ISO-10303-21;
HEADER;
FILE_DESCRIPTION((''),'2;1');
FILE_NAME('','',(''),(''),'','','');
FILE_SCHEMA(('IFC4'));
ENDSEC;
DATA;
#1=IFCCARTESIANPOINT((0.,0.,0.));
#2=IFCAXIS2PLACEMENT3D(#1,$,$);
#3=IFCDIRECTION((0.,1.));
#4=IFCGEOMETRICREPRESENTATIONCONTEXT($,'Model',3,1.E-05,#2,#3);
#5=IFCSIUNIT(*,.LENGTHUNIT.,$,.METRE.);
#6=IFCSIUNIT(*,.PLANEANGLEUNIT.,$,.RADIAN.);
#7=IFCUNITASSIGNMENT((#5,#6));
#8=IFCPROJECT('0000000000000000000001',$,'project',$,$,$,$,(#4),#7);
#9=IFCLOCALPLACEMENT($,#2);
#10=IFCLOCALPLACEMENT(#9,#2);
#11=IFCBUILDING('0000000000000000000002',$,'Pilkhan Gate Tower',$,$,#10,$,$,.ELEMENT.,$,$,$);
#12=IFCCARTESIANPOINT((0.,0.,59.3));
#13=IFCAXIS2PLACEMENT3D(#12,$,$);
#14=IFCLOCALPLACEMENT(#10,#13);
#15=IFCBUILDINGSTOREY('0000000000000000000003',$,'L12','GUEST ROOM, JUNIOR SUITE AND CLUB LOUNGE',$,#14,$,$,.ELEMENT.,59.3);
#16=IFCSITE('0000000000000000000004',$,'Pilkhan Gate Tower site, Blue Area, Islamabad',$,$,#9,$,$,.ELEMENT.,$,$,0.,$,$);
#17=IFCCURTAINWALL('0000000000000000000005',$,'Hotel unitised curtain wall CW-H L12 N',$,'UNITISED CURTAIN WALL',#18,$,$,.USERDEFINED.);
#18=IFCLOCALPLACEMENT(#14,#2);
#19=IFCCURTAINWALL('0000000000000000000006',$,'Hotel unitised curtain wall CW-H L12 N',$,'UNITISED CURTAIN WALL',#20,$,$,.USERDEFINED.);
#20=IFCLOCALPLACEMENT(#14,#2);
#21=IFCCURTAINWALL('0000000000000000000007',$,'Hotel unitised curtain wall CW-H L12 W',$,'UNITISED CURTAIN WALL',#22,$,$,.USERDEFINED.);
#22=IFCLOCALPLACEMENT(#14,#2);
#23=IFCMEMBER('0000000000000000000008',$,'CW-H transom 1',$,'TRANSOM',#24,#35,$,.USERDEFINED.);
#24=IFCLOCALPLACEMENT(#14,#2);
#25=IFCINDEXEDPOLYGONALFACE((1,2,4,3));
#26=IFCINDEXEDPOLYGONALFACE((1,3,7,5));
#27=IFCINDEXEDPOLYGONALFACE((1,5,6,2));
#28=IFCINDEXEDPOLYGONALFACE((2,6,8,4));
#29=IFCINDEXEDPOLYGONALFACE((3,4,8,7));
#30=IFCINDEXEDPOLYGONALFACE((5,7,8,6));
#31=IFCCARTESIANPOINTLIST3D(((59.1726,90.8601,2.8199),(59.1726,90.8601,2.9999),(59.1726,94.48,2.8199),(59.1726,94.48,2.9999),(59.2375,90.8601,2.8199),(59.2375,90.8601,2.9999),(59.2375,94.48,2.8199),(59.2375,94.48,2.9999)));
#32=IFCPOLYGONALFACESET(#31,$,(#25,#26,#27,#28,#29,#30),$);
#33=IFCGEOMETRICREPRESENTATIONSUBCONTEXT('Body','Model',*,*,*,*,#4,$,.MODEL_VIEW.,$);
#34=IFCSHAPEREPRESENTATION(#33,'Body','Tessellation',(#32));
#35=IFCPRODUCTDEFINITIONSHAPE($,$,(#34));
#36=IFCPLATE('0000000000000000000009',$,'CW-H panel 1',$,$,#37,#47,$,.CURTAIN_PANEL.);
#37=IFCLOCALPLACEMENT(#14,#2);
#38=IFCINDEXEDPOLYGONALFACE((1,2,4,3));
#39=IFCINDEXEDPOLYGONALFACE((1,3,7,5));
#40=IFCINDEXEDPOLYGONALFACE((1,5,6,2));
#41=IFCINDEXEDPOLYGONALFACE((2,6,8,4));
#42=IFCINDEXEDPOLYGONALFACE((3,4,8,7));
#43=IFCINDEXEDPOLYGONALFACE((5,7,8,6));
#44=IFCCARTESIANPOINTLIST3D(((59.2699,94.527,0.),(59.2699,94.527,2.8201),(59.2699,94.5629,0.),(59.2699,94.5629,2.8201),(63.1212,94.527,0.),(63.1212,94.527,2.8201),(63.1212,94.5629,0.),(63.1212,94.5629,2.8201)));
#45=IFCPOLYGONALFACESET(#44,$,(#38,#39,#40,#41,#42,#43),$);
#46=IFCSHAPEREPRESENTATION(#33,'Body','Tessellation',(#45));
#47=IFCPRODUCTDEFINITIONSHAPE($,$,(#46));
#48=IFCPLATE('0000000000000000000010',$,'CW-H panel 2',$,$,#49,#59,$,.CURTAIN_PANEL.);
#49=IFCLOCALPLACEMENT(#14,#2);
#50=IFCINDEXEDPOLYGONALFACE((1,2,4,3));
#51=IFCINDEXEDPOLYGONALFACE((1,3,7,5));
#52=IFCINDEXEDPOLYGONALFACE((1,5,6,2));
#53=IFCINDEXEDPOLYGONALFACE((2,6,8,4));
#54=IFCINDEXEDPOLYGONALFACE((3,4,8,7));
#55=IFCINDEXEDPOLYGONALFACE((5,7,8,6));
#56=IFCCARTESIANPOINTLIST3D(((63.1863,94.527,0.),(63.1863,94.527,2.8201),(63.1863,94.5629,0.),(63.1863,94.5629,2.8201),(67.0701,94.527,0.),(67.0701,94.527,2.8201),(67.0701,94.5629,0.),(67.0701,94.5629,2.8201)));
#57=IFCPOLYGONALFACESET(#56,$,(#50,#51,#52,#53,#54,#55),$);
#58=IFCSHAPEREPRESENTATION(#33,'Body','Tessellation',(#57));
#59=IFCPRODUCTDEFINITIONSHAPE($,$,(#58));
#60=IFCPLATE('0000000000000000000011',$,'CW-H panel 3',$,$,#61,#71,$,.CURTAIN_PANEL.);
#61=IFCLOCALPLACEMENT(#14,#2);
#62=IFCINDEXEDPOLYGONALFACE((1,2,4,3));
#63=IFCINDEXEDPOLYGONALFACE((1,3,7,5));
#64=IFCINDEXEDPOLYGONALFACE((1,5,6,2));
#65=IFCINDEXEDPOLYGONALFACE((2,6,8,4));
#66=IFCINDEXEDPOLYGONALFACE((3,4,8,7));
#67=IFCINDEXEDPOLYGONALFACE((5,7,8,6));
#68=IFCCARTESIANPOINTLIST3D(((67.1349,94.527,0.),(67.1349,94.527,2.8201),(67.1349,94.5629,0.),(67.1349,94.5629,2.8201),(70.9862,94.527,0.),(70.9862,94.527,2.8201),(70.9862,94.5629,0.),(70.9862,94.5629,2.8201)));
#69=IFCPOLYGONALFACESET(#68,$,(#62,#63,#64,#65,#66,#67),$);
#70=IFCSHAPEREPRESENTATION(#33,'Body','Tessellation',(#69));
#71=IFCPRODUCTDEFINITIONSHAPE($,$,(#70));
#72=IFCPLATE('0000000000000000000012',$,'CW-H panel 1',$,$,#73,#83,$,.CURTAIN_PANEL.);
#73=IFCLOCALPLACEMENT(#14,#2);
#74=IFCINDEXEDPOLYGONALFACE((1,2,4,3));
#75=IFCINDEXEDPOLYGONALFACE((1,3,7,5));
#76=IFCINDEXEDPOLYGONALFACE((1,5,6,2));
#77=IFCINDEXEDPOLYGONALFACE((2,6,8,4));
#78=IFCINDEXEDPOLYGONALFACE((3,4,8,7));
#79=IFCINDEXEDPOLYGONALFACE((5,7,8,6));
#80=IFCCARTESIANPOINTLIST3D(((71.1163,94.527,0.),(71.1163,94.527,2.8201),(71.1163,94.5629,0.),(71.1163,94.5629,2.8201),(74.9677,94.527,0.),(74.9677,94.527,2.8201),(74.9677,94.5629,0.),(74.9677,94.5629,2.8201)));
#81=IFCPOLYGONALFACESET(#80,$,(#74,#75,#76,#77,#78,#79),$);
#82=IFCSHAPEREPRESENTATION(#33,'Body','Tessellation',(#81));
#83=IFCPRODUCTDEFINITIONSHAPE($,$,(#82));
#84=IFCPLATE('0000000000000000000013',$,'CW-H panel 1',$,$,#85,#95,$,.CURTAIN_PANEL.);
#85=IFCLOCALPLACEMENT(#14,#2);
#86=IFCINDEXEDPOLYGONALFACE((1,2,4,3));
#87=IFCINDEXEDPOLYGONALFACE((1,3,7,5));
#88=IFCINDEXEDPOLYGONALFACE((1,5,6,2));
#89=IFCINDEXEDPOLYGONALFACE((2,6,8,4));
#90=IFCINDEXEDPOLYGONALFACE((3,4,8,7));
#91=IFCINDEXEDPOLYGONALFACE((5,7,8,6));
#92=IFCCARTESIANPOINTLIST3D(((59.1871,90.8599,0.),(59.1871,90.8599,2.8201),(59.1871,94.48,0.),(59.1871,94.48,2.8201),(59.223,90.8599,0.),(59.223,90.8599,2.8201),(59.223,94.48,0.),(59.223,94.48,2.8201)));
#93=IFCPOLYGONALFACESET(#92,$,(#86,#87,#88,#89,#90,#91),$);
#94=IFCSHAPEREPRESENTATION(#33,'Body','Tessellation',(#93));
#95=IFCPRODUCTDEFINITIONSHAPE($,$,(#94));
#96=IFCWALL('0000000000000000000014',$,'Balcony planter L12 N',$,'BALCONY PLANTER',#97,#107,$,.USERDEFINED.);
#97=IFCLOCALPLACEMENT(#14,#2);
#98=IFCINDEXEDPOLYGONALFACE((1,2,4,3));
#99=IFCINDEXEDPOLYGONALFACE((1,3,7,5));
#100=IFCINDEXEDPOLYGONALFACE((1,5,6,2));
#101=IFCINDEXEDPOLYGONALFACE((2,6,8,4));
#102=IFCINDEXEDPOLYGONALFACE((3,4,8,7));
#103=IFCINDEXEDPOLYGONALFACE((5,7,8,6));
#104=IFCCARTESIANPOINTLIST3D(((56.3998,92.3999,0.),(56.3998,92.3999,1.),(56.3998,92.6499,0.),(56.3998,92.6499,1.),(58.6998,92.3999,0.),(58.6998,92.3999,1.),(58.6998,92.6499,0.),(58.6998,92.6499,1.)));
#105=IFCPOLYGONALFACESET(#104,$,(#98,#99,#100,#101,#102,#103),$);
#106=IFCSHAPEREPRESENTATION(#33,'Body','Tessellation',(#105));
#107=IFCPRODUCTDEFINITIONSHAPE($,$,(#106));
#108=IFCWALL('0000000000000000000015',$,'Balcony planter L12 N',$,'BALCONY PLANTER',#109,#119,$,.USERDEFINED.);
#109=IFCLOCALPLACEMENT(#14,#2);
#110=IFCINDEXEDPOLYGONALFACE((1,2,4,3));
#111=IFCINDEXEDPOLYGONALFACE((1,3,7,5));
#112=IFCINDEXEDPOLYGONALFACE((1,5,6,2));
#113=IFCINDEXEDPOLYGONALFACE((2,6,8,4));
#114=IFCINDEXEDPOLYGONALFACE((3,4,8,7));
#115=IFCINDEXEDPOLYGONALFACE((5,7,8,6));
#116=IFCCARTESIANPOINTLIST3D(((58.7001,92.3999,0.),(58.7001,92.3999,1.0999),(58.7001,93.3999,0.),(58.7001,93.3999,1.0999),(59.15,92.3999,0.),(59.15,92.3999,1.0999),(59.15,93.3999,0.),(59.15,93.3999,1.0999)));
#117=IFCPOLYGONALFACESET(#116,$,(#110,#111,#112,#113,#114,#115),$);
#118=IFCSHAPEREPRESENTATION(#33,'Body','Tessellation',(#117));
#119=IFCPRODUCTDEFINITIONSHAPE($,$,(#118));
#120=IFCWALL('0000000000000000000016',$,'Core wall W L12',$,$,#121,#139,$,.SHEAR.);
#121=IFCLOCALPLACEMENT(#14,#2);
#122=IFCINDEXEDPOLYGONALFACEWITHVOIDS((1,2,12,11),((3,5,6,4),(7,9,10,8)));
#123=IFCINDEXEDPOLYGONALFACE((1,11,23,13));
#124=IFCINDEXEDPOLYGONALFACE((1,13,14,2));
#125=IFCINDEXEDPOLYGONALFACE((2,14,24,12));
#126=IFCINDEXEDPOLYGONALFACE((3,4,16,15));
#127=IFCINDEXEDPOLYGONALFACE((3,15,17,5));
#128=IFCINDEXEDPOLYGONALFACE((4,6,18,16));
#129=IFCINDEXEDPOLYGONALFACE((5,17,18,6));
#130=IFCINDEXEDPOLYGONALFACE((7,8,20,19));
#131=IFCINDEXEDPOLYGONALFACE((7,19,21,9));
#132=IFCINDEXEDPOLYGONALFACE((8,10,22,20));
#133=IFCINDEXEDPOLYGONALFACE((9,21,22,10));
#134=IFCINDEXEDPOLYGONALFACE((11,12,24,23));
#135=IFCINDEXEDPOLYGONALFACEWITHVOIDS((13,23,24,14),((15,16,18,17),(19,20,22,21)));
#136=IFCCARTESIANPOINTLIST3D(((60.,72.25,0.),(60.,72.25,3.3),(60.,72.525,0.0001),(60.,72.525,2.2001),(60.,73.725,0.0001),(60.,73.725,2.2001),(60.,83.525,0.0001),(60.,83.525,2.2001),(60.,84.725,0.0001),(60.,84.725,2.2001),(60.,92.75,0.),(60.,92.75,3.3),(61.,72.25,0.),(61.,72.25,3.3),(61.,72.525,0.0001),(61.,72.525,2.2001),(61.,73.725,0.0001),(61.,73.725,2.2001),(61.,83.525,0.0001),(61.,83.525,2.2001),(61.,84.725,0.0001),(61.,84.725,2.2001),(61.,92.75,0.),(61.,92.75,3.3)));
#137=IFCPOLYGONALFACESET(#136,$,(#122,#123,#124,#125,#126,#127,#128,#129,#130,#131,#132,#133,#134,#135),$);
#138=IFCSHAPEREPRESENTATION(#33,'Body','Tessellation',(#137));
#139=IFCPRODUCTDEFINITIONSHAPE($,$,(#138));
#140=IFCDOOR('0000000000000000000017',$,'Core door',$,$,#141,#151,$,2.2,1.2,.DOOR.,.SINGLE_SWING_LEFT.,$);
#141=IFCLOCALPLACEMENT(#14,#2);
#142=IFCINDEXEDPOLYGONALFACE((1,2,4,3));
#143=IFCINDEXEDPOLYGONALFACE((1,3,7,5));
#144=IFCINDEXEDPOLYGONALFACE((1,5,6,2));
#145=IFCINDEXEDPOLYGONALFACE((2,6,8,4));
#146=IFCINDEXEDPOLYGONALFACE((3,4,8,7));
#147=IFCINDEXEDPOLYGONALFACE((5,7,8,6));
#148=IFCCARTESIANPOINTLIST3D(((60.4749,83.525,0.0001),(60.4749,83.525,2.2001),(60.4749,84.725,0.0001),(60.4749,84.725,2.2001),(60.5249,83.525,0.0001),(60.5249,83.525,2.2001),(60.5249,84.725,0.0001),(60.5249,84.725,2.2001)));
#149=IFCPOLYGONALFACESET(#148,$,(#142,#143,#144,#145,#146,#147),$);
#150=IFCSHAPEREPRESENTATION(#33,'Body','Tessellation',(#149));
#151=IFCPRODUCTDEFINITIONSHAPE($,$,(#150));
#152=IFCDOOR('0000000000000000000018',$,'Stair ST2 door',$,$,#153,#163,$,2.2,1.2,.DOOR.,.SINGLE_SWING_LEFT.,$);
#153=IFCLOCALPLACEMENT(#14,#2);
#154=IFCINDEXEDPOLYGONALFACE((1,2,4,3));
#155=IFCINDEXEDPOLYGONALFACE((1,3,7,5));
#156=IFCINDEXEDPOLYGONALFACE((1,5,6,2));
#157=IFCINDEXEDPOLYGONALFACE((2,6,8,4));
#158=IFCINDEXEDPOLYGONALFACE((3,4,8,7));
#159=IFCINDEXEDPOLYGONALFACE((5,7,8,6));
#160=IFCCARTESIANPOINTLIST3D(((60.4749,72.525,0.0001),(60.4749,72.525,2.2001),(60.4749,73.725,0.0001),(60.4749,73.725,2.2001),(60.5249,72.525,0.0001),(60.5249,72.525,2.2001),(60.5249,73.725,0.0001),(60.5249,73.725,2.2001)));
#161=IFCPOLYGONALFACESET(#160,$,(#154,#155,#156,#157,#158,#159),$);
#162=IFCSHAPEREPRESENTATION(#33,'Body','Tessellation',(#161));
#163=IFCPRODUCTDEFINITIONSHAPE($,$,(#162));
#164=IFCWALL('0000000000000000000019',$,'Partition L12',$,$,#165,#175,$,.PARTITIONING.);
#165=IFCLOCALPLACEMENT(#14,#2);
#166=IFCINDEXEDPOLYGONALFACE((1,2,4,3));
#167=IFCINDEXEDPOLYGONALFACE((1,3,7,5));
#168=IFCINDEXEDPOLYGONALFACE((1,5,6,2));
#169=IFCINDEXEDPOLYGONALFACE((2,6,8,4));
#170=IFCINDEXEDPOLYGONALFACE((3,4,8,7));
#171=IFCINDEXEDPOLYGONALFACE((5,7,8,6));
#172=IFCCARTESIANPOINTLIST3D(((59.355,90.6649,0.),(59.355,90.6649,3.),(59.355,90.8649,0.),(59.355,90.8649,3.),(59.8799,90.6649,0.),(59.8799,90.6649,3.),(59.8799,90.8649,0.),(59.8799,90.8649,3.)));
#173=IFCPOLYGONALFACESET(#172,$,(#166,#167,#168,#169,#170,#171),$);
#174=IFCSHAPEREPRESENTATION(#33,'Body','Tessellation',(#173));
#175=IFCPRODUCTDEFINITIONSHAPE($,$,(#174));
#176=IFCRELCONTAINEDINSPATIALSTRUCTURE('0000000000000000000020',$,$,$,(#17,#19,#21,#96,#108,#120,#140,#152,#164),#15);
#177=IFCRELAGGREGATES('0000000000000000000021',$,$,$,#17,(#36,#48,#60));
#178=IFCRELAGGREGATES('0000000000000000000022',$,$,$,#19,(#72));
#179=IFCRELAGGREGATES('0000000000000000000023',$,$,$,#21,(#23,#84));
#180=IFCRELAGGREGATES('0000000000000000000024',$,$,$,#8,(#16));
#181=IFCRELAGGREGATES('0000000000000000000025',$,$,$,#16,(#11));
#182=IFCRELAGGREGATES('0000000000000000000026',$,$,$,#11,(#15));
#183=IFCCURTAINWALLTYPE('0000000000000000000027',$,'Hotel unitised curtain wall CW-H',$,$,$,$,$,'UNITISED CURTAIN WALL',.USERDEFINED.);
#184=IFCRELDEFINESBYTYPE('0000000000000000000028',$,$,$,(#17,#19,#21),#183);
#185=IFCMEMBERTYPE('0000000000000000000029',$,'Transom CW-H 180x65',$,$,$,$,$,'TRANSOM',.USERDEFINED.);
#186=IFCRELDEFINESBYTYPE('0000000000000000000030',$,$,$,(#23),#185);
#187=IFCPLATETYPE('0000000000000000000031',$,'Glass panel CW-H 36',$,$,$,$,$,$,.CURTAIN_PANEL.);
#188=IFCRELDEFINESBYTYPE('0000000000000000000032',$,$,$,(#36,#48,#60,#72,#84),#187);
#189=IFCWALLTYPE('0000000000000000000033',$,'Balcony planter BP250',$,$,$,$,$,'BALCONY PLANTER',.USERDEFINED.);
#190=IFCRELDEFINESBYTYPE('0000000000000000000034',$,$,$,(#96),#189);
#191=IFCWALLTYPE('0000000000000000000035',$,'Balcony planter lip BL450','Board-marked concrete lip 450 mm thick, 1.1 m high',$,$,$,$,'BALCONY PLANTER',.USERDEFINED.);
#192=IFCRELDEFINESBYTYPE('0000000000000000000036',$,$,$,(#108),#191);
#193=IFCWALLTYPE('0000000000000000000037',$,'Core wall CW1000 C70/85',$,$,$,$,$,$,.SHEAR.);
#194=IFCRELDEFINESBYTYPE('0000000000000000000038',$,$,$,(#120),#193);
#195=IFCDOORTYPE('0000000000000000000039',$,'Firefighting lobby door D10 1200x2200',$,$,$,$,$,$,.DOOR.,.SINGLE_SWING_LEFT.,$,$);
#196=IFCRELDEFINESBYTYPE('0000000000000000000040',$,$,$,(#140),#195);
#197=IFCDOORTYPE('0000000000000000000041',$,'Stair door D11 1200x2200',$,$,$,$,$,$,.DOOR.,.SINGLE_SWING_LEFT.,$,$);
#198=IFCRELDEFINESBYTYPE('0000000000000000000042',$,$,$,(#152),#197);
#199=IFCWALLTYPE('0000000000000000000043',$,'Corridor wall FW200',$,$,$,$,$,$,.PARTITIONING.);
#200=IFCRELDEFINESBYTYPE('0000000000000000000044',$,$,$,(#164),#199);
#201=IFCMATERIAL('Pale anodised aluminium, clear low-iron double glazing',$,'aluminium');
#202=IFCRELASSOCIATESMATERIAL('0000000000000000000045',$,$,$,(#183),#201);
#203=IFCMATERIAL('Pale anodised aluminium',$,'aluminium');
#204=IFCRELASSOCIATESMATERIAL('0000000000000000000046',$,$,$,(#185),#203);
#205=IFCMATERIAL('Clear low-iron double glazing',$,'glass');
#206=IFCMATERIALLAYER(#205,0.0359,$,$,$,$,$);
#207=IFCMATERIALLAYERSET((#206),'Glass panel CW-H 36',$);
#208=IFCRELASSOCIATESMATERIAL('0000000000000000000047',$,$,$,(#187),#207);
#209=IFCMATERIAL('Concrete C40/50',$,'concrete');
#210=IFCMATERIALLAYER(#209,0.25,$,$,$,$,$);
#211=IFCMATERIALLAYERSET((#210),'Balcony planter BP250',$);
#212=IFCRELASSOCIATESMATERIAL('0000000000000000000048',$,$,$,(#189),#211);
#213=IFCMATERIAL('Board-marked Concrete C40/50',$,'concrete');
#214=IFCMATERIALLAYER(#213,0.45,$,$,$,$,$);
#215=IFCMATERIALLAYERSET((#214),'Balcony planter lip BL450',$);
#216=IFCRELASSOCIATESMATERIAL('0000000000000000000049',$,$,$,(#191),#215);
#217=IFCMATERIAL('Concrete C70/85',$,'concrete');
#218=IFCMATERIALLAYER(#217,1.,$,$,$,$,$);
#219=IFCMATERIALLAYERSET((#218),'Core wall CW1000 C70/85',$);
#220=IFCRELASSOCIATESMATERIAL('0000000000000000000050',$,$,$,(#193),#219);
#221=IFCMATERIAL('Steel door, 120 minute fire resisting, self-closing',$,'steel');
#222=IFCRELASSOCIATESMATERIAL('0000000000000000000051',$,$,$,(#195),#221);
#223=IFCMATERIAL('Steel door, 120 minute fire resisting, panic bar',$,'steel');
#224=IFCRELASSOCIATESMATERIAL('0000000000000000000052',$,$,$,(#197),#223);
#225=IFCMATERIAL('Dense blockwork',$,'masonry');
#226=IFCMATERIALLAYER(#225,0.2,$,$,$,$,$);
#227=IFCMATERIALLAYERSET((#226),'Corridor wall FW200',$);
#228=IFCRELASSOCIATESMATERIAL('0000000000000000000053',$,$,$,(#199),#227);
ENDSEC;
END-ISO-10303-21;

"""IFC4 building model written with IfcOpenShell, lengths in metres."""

from ifc_helpers import new_model, si_unit, direction, frame, frame_2d, origin, origin_2d, place, context, subcontext, project, spatial, rectangle, extrude, material, layer, layer_set, material_profile, profile_set, type_object, element, fill, aggregate, save


model = new_model("IFC4")

# Units and contexts
model_context = context("Model", 3, precision=1e-05, world=origin(), true_north=direction((0.0, 1.0)))
body_context = subcontext(model_context, "Body", "Model", "MODEL_VIEW")
ifc_project = project(units=[si_unit("LENGTHUNIT", "METRE"), si_unit("PLANEANGLEUNIT", "RADIAN")], contexts=[model_context])

# Site, building, storey
site_placement = place(None, origin())
site = spatial("IfcSite", under=ifc_project, at=site_placement, Name="Pilkhan Gate Tower site, Blue Area, Islamabad", CompositionType="ELEMENT", RefElevation=0.0)
building_placement = place(site_placement, origin())
building = spatial("IfcBuilding", under=site, at=building_placement, Name="Pilkhan Gate Tower", CompositionType="ELEMENT")
storey_placement = place(building_placement, frame((0.0, 0.0, 59.3)))
storey = spatial("IfcBuildingStorey", under=building, at=storey_placement, Name="L12", Description="GUEST ROOM, JUNIOR SUITE AND CLUB LOUNGE", CompositionType="ELEMENT", Elevation=59.3)

# Curtain wall
ifc_material_1 = material(Name="Pale anodised aluminium, clear low-iron double glazing", Category="aluminium")
curtain_wall_type = type_object("IfcCurtainWallType", Name="Hotel unitised curtain wall CW-H", ElementType="UNITISED CURTAIN WALL", PredefinedType="USERDEFINED", material=ifc_material_1)
curtain_wall_1_placement = place(storey_placement, origin())
curtain_wall_1 = element("IfcCurtainWall", 1, at=curtain_wall_1_placement, inside=storey, type_object=curtain_wall_type, Name="Hotel unitised curtain wall CW-H L12 N", ObjectType="UNITISED CURTAIN WALL", PredefinedType="USERDEFINED")
ifc_material_2 = material(Name="Pale anodised aluminium", Category="aluminium")

# Curtain wall
curtain_wall_2_placement = place(storey_placement, origin())
curtain_wall_2 = element("IfcCurtainWall", 2, at=curtain_wall_2_placement, inside=storey, type_object=curtain_wall_type, Name="Hotel unitised curtain wall CW-H L12 N", ObjectType="UNITISED CURTAIN WALL", PredefinedType="USERDEFINED")

# Curtain wall
curtain_wall_3_placement = place(storey_placement, origin())
curtain_wall_3 = element("IfcCurtainWall", 3, at=curtain_wall_3_placement, inside=storey, type_object=curtain_wall_type, Name="Hotel unitised curtain wall CW-H L12 W", ObjectType="UNITISED CURTAIN WALL", PredefinedType="USERDEFINED")

# Member
ifc_material_profile_1 = material_profile(ifc_material_2, rectangle(XDim=0.0649, YDim=0.1799, at=origin_2d()), Name="Transom 180x65")
ifc_profile_set_1 = profile_set([ifc_material_profile_1], Name="Pale anodised aluminium")
member_type_1 = type_object("IfcMemberType", Name="Transom CW-H 180x65", ElementType="TRANSOM", PredefinedType="USERDEFINED", material=ifc_profile_set_1)
member_1_placement = place(storey_placement, frame((59.2051, 90.8601, 2.9099), z_axis=(0.0, 1.0, 0.0), x_axis=(-1.0, 0.0, 0.0)))
member_1 = element("IfcMember", 4, at=member_1_placement, type_object=member_type_1, Name="CW-H transom 1", ObjectType="TRANSOM", PredefinedType="USERDEFINED", context=body_context, shape_type="SweptSolid", body=[
    extrude(rectangle(XDim=0.0649, YDim=0.1799, at=origin_2d()), origin(), (0.0, 0.0, 1.0), 3.6199),
])

# Plates
ifc_material_3 = material(Name="Clear low-iron double glazing", Category="glass")
ifc_layer_1 = layer(ifc_material_3, 0.0359)
ifc_layer_set_1 = layer_set([ifc_layer_1], Name="Glass panel CW-H 36")
plate_type = type_object("IfcPlateType", Name="Glass panel CW-H 36", PredefinedType="CURTAIN_PANEL", material=ifc_layer_set_1)
plate_1_placement = place(storey_placement, frame((61.1956, 94.5449, 0.0), z_axis=(0.0, 0.0, 1.0), x_axis=(1.0, 0.0, 0.0)))
plate_1 = element("IfcPlate", 5, at=plate_1_placement, type_object=plate_type, Name="CW-H panel 1", PredefinedType="CURTAIN_PANEL", context=body_context, shape_type="SweptSolid", body=[
    extrude(rectangle(XDim=3.8513, YDim=0.0359, at=origin_2d()), origin(), (0.0, 0.0, 1.0), 2.8201),
])
plate_2_placement = place(storey_placement, frame((65.1282, 94.5449, 0.0), z_axis=(0.0, 0.0, 1.0), x_axis=(1.0, 0.0, 0.0)))
plate_2 = element("IfcPlate", 6, at=plate_2_placement, type_object=plate_type, Name="CW-H panel 2", PredefinedType="CURTAIN_PANEL", context=body_context, shape_type="SweptSolid", body=[
    extrude(rectangle(XDim=3.8838, YDim=0.0359, at=origin_2d()), origin(), (0.0, 0.0, 1.0), 2.8201),
])
plate_3_placement = place(storey_placement, frame((69.0605, 94.5449, 0.0), z_axis=(0.0, 0.0, 1.0), x_axis=(1.0, 0.0, 0.0)))
plate_3 = element("IfcPlate", 7, at=plate_3_placement, type_object=plate_type, Name="CW-H panel 3", PredefinedType="CURTAIN_PANEL", context=body_context, shape_type="SweptSolid", body=[
    extrude(rectangle(XDim=3.8513, YDim=0.0359, at=origin_2d()), origin(), (0.0, 0.0, 1.0), 2.8201),
])
aggregate(curtain_wall_1, [plate_1, plate_2, plate_3])
plate_4_placement = place(storey_placement, frame((73.042, 94.5449, 0.0), z_axis=(0.0, 0.0, 1.0), x_axis=(1.0, 0.0, 0.0)))
plate_4 = element("IfcPlate", 8, at=plate_4_placement, type_object=plate_type, Name="CW-H panel 1", PredefinedType="CURTAIN_PANEL", context=body_context, shape_type="SweptSolid", body=[
    extrude(rectangle(XDim=3.8513, YDim=0.0359, at=origin_2d()), origin(), (0.0, 0.0, 1.0), 2.8201),
])
aggregate(curtain_wall_2, [plate_4])
plate_5_placement = place(storey_placement, frame((59.2051, 92.6699, 0.0), z_axis=(0.0, 0.0, 1.0), x_axis=(0.0, 1.0, 0.0)))
plate_5 = element("IfcPlate", 9, at=plate_5_placement, type_object=plate_type, Name="CW-H panel 1", PredefinedType="CURTAIN_PANEL", context=body_context, shape_type="SweptSolid", body=[
    extrude(rectangle(XDim=3.6201, YDim=0.0359, at=origin_2d()), origin(), (0.0, 0.0, 1.0), 2.8201),
])
aggregate(curtain_wall_3, [member_1, plate_5])

# Walls
ifc_material_4 = material(Name="Concrete C40/50", Category="concrete")
ifc_layer_2 = layer(ifc_material_4, 0.25)
ifc_layer_set_2 = layer_set([ifc_layer_2], Name="Balcony planter BP250")
wall_type_1 = type_object("IfcWallType", Name="Balcony planter BP250", ElementType="BALCONY PLANTER", PredefinedType="USERDEFINED", material=ifc_layer_set_2)
wall_1_placement = place(storey_placement, frame((56.3999, 92.5249, 0.0), z_axis=(0.0, 0.0, 1.0), x_axis=(1.0, 0.0, 0.0)))
element("IfcWall", 10, at=wall_1_placement, inside=storey, type_object=wall_type_1, Name="Balcony planter L12 N", ObjectType="BALCONY PLANTER", PredefinedType="USERDEFINED", context=body_context, shape_type="SweptSolid", body=[
    extrude(rectangle(XDim=2.3, YDim=0.25, at=frame_2d((1.1499, 0.0))), origin(), (0.0, 0.0, 1.0), 1.0),
])
ifc_material_5 = material(Name="Board-marked Concrete C40/50", Category="concrete")
ifc_layer_3 = layer(ifc_material_5, 0.45)
ifc_layer_set_3 = layer_set([ifc_layer_3], Name="Balcony planter lip BL450")
wall_type_2 = type_object("IfcWallType", Name="Balcony planter lip BL450", Description="Board-marked concrete lip 450 mm thick, 1.1 m high", ElementType="BALCONY PLANTER", PredefinedType="USERDEFINED", material=ifc_layer_set_3)
wall_2_placement = place(storey_placement, frame((58.925, 92.3999, 0.0), z_axis=(0.0, 0.0, 1.0), x_axis=(0.0, 1.0, 0.0)))
element("IfcWall", 11, at=wall_2_placement, inside=storey, type_object=wall_type_2, Name="Balcony planter L12 N", ObjectType="BALCONY PLANTER", PredefinedType="USERDEFINED", context=body_context, shape_type="SweptSolid", body=[
    extrude(rectangle(XDim=1.0, YDim=0.45, at=frame_2d((0.5, 0.0))), origin(), (0.0, 0.0, 1.0), 1.0999),
])

# Wall, openings, doors
ifc_material_6 = material(Name="Concrete C70/85", Category="concrete")
ifc_layer_4 = layer(ifc_material_6, 1.0)
ifc_layer_set_4 = layer_set([ifc_layer_4], Name="Core wall CW1000 C70/85")
wall_type_3 = type_object("IfcWallType", Name="Core wall CW1000 C70/85", PredefinedType="SHEAR", material=ifc_layer_set_4)
wall_3_placement = place(storey_placement, frame((60.5, 92.75, 0.0), z_axis=(0.0, 0.0, 1.0), x_axis=(0.0, -1.0, 0.0)))
wall_3 = element("IfcWall", 12, at=wall_3_placement, inside=storey, type_object=wall_type_3, Name="Core wall W L12", PredefinedType="SHEAR", context=body_context, shape_type="SweptSolid", body=[
    extrude(rectangle(XDim=20.5, YDim=1.0, at=frame_2d((10.25, 0.0))), origin(), (0.0, 0.0, 1.0), 3.3),
])
opening_1_placement = place(wall_3_placement, frame((19.0249, 0.0, 0.0)))
opening_1 = element("IfcOpeningElement", 13, at=opening_1_placement, cuts=wall_3, PredefinedType="OPENING", context=body_context, shape_type="SweptSolid", body=[
    extrude(rectangle(XDim=1.2, YDim=2.2, at=frame_2d((0.6001, 1.1001))), frame((0.0, 0.51, 0.0), z_axis=(0.0, -1.0, 0.0), x_axis=(1.0, 0.0, 0.0)), (0.0, 0.0, 1.0), 1.02),
])
opening_2_placement = place(wall_3_placement, frame((8.0249, 0.0, 0.0)))
opening_2 = element("IfcOpeningElement", 14, at=opening_2_placement, cuts=wall_3, PredefinedType="OPENING", context=body_context, shape_type="SweptSolid", body=[
    extrude(rectangle(XDim=1.2, YDim=2.2, at=frame_2d((0.6001, 1.1001))), frame((0.0, 0.51, 0.0), z_axis=(0.0, -1.0, 0.0), x_axis=(1.0, 0.0, 0.0)), (0.0, 0.0, 1.0), 1.02),
])
ifc_material_7 = material(Name="Steel door, 120 minute fire resisting, self-closing", Category="steel")
door_type_1 = type_object("IfcDoorType", Name="Firefighting lobby door D10 1200x2200", OperationType="SINGLE_SWING_LEFT", PredefinedType="DOOR", material=ifc_material_7)
door_1_placement = place(opening_2_placement, origin())
door_1 = element("IfcDoor", 15, at=door_1_placement, inside=storey, type_object=door_type_1, Name="Core door", OperationType="SINGLE_SWING_LEFT", OverallHeight=2.2, OverallWidth=1.2, PredefinedType="DOOR", context=body_context, shape_type="SweptSolid", body=[
    extrude(rectangle(XDim=1.2, YDim=2.2, at=frame_2d((0.6001, 1.1001))), frame((0.0, 0.0249, 0.0), z_axis=(0.0, -1.0, 0.0), x_axis=(1.0, 0.0, 0.0)), (0.0, 0.0, 1.0), 0.05),
])
fill(opening_2, door_1)
ifc_material_8 = material(Name="Steel door, 120 minute fire resisting, panic bar", Category="steel")
door_type_2 = type_object("IfcDoorType", Name="Stair door D11 1200x2200", OperationType="SINGLE_SWING_LEFT", PredefinedType="DOOR", material=ifc_material_8)
door_2_placement = place(opening_1_placement, origin())
door_2 = element("IfcDoor", 16, at=door_2_placement, inside=storey, type_object=door_type_2, Name="Stair ST2 door", OperationType="SINGLE_SWING_LEFT", OverallHeight=2.2, OverallWidth=1.2, PredefinedType="DOOR", context=body_context, shape_type="SweptSolid", body=[
    extrude(rectangle(XDim=1.2, YDim=2.2, at=frame_2d((0.6001, 1.1001))), frame((0.0, 0.0249, 0.0), z_axis=(0.0, -1.0, 0.0), x_axis=(1.0, 0.0, 0.0)), (0.0, 0.0, 1.0), 0.05),
])
fill(opening_1, door_2)

# Wall
ifc_material_9 = material(Name="Dense blockwork", Category="masonry")
ifc_layer_5 = layer(ifc_material_9, 0.2)
ifc_layer_set_5 = layer_set([ifc_layer_5], Name="Corridor wall FW200")
wall_type_4 = type_object("IfcWallType", Name="Corridor wall FW200", PredefinedType="PARTITIONING", material=ifc_layer_set_5)
wall_4_placement = place(storey_placement, frame((59.355, 90.7649, 0.0), z_axis=(0.0, 0.0, 1.0), x_axis=(1.0, 0.0, 0.0)))
element("IfcWall", 17, at=wall_4_placement, inside=storey, type_object=wall_type_4, Name="Partition L12", PredefinedType="PARTITIONING", context=body_context, shape_type="SweptSolid", body=[
    extrude(rectangle(XDim=0.5249, YDim=0.2, at=frame_2d((0.2625, 0.0))), origin(), (0.0, 0.0, 1.0), 3.0),
])

save(model, "model.ifc")
